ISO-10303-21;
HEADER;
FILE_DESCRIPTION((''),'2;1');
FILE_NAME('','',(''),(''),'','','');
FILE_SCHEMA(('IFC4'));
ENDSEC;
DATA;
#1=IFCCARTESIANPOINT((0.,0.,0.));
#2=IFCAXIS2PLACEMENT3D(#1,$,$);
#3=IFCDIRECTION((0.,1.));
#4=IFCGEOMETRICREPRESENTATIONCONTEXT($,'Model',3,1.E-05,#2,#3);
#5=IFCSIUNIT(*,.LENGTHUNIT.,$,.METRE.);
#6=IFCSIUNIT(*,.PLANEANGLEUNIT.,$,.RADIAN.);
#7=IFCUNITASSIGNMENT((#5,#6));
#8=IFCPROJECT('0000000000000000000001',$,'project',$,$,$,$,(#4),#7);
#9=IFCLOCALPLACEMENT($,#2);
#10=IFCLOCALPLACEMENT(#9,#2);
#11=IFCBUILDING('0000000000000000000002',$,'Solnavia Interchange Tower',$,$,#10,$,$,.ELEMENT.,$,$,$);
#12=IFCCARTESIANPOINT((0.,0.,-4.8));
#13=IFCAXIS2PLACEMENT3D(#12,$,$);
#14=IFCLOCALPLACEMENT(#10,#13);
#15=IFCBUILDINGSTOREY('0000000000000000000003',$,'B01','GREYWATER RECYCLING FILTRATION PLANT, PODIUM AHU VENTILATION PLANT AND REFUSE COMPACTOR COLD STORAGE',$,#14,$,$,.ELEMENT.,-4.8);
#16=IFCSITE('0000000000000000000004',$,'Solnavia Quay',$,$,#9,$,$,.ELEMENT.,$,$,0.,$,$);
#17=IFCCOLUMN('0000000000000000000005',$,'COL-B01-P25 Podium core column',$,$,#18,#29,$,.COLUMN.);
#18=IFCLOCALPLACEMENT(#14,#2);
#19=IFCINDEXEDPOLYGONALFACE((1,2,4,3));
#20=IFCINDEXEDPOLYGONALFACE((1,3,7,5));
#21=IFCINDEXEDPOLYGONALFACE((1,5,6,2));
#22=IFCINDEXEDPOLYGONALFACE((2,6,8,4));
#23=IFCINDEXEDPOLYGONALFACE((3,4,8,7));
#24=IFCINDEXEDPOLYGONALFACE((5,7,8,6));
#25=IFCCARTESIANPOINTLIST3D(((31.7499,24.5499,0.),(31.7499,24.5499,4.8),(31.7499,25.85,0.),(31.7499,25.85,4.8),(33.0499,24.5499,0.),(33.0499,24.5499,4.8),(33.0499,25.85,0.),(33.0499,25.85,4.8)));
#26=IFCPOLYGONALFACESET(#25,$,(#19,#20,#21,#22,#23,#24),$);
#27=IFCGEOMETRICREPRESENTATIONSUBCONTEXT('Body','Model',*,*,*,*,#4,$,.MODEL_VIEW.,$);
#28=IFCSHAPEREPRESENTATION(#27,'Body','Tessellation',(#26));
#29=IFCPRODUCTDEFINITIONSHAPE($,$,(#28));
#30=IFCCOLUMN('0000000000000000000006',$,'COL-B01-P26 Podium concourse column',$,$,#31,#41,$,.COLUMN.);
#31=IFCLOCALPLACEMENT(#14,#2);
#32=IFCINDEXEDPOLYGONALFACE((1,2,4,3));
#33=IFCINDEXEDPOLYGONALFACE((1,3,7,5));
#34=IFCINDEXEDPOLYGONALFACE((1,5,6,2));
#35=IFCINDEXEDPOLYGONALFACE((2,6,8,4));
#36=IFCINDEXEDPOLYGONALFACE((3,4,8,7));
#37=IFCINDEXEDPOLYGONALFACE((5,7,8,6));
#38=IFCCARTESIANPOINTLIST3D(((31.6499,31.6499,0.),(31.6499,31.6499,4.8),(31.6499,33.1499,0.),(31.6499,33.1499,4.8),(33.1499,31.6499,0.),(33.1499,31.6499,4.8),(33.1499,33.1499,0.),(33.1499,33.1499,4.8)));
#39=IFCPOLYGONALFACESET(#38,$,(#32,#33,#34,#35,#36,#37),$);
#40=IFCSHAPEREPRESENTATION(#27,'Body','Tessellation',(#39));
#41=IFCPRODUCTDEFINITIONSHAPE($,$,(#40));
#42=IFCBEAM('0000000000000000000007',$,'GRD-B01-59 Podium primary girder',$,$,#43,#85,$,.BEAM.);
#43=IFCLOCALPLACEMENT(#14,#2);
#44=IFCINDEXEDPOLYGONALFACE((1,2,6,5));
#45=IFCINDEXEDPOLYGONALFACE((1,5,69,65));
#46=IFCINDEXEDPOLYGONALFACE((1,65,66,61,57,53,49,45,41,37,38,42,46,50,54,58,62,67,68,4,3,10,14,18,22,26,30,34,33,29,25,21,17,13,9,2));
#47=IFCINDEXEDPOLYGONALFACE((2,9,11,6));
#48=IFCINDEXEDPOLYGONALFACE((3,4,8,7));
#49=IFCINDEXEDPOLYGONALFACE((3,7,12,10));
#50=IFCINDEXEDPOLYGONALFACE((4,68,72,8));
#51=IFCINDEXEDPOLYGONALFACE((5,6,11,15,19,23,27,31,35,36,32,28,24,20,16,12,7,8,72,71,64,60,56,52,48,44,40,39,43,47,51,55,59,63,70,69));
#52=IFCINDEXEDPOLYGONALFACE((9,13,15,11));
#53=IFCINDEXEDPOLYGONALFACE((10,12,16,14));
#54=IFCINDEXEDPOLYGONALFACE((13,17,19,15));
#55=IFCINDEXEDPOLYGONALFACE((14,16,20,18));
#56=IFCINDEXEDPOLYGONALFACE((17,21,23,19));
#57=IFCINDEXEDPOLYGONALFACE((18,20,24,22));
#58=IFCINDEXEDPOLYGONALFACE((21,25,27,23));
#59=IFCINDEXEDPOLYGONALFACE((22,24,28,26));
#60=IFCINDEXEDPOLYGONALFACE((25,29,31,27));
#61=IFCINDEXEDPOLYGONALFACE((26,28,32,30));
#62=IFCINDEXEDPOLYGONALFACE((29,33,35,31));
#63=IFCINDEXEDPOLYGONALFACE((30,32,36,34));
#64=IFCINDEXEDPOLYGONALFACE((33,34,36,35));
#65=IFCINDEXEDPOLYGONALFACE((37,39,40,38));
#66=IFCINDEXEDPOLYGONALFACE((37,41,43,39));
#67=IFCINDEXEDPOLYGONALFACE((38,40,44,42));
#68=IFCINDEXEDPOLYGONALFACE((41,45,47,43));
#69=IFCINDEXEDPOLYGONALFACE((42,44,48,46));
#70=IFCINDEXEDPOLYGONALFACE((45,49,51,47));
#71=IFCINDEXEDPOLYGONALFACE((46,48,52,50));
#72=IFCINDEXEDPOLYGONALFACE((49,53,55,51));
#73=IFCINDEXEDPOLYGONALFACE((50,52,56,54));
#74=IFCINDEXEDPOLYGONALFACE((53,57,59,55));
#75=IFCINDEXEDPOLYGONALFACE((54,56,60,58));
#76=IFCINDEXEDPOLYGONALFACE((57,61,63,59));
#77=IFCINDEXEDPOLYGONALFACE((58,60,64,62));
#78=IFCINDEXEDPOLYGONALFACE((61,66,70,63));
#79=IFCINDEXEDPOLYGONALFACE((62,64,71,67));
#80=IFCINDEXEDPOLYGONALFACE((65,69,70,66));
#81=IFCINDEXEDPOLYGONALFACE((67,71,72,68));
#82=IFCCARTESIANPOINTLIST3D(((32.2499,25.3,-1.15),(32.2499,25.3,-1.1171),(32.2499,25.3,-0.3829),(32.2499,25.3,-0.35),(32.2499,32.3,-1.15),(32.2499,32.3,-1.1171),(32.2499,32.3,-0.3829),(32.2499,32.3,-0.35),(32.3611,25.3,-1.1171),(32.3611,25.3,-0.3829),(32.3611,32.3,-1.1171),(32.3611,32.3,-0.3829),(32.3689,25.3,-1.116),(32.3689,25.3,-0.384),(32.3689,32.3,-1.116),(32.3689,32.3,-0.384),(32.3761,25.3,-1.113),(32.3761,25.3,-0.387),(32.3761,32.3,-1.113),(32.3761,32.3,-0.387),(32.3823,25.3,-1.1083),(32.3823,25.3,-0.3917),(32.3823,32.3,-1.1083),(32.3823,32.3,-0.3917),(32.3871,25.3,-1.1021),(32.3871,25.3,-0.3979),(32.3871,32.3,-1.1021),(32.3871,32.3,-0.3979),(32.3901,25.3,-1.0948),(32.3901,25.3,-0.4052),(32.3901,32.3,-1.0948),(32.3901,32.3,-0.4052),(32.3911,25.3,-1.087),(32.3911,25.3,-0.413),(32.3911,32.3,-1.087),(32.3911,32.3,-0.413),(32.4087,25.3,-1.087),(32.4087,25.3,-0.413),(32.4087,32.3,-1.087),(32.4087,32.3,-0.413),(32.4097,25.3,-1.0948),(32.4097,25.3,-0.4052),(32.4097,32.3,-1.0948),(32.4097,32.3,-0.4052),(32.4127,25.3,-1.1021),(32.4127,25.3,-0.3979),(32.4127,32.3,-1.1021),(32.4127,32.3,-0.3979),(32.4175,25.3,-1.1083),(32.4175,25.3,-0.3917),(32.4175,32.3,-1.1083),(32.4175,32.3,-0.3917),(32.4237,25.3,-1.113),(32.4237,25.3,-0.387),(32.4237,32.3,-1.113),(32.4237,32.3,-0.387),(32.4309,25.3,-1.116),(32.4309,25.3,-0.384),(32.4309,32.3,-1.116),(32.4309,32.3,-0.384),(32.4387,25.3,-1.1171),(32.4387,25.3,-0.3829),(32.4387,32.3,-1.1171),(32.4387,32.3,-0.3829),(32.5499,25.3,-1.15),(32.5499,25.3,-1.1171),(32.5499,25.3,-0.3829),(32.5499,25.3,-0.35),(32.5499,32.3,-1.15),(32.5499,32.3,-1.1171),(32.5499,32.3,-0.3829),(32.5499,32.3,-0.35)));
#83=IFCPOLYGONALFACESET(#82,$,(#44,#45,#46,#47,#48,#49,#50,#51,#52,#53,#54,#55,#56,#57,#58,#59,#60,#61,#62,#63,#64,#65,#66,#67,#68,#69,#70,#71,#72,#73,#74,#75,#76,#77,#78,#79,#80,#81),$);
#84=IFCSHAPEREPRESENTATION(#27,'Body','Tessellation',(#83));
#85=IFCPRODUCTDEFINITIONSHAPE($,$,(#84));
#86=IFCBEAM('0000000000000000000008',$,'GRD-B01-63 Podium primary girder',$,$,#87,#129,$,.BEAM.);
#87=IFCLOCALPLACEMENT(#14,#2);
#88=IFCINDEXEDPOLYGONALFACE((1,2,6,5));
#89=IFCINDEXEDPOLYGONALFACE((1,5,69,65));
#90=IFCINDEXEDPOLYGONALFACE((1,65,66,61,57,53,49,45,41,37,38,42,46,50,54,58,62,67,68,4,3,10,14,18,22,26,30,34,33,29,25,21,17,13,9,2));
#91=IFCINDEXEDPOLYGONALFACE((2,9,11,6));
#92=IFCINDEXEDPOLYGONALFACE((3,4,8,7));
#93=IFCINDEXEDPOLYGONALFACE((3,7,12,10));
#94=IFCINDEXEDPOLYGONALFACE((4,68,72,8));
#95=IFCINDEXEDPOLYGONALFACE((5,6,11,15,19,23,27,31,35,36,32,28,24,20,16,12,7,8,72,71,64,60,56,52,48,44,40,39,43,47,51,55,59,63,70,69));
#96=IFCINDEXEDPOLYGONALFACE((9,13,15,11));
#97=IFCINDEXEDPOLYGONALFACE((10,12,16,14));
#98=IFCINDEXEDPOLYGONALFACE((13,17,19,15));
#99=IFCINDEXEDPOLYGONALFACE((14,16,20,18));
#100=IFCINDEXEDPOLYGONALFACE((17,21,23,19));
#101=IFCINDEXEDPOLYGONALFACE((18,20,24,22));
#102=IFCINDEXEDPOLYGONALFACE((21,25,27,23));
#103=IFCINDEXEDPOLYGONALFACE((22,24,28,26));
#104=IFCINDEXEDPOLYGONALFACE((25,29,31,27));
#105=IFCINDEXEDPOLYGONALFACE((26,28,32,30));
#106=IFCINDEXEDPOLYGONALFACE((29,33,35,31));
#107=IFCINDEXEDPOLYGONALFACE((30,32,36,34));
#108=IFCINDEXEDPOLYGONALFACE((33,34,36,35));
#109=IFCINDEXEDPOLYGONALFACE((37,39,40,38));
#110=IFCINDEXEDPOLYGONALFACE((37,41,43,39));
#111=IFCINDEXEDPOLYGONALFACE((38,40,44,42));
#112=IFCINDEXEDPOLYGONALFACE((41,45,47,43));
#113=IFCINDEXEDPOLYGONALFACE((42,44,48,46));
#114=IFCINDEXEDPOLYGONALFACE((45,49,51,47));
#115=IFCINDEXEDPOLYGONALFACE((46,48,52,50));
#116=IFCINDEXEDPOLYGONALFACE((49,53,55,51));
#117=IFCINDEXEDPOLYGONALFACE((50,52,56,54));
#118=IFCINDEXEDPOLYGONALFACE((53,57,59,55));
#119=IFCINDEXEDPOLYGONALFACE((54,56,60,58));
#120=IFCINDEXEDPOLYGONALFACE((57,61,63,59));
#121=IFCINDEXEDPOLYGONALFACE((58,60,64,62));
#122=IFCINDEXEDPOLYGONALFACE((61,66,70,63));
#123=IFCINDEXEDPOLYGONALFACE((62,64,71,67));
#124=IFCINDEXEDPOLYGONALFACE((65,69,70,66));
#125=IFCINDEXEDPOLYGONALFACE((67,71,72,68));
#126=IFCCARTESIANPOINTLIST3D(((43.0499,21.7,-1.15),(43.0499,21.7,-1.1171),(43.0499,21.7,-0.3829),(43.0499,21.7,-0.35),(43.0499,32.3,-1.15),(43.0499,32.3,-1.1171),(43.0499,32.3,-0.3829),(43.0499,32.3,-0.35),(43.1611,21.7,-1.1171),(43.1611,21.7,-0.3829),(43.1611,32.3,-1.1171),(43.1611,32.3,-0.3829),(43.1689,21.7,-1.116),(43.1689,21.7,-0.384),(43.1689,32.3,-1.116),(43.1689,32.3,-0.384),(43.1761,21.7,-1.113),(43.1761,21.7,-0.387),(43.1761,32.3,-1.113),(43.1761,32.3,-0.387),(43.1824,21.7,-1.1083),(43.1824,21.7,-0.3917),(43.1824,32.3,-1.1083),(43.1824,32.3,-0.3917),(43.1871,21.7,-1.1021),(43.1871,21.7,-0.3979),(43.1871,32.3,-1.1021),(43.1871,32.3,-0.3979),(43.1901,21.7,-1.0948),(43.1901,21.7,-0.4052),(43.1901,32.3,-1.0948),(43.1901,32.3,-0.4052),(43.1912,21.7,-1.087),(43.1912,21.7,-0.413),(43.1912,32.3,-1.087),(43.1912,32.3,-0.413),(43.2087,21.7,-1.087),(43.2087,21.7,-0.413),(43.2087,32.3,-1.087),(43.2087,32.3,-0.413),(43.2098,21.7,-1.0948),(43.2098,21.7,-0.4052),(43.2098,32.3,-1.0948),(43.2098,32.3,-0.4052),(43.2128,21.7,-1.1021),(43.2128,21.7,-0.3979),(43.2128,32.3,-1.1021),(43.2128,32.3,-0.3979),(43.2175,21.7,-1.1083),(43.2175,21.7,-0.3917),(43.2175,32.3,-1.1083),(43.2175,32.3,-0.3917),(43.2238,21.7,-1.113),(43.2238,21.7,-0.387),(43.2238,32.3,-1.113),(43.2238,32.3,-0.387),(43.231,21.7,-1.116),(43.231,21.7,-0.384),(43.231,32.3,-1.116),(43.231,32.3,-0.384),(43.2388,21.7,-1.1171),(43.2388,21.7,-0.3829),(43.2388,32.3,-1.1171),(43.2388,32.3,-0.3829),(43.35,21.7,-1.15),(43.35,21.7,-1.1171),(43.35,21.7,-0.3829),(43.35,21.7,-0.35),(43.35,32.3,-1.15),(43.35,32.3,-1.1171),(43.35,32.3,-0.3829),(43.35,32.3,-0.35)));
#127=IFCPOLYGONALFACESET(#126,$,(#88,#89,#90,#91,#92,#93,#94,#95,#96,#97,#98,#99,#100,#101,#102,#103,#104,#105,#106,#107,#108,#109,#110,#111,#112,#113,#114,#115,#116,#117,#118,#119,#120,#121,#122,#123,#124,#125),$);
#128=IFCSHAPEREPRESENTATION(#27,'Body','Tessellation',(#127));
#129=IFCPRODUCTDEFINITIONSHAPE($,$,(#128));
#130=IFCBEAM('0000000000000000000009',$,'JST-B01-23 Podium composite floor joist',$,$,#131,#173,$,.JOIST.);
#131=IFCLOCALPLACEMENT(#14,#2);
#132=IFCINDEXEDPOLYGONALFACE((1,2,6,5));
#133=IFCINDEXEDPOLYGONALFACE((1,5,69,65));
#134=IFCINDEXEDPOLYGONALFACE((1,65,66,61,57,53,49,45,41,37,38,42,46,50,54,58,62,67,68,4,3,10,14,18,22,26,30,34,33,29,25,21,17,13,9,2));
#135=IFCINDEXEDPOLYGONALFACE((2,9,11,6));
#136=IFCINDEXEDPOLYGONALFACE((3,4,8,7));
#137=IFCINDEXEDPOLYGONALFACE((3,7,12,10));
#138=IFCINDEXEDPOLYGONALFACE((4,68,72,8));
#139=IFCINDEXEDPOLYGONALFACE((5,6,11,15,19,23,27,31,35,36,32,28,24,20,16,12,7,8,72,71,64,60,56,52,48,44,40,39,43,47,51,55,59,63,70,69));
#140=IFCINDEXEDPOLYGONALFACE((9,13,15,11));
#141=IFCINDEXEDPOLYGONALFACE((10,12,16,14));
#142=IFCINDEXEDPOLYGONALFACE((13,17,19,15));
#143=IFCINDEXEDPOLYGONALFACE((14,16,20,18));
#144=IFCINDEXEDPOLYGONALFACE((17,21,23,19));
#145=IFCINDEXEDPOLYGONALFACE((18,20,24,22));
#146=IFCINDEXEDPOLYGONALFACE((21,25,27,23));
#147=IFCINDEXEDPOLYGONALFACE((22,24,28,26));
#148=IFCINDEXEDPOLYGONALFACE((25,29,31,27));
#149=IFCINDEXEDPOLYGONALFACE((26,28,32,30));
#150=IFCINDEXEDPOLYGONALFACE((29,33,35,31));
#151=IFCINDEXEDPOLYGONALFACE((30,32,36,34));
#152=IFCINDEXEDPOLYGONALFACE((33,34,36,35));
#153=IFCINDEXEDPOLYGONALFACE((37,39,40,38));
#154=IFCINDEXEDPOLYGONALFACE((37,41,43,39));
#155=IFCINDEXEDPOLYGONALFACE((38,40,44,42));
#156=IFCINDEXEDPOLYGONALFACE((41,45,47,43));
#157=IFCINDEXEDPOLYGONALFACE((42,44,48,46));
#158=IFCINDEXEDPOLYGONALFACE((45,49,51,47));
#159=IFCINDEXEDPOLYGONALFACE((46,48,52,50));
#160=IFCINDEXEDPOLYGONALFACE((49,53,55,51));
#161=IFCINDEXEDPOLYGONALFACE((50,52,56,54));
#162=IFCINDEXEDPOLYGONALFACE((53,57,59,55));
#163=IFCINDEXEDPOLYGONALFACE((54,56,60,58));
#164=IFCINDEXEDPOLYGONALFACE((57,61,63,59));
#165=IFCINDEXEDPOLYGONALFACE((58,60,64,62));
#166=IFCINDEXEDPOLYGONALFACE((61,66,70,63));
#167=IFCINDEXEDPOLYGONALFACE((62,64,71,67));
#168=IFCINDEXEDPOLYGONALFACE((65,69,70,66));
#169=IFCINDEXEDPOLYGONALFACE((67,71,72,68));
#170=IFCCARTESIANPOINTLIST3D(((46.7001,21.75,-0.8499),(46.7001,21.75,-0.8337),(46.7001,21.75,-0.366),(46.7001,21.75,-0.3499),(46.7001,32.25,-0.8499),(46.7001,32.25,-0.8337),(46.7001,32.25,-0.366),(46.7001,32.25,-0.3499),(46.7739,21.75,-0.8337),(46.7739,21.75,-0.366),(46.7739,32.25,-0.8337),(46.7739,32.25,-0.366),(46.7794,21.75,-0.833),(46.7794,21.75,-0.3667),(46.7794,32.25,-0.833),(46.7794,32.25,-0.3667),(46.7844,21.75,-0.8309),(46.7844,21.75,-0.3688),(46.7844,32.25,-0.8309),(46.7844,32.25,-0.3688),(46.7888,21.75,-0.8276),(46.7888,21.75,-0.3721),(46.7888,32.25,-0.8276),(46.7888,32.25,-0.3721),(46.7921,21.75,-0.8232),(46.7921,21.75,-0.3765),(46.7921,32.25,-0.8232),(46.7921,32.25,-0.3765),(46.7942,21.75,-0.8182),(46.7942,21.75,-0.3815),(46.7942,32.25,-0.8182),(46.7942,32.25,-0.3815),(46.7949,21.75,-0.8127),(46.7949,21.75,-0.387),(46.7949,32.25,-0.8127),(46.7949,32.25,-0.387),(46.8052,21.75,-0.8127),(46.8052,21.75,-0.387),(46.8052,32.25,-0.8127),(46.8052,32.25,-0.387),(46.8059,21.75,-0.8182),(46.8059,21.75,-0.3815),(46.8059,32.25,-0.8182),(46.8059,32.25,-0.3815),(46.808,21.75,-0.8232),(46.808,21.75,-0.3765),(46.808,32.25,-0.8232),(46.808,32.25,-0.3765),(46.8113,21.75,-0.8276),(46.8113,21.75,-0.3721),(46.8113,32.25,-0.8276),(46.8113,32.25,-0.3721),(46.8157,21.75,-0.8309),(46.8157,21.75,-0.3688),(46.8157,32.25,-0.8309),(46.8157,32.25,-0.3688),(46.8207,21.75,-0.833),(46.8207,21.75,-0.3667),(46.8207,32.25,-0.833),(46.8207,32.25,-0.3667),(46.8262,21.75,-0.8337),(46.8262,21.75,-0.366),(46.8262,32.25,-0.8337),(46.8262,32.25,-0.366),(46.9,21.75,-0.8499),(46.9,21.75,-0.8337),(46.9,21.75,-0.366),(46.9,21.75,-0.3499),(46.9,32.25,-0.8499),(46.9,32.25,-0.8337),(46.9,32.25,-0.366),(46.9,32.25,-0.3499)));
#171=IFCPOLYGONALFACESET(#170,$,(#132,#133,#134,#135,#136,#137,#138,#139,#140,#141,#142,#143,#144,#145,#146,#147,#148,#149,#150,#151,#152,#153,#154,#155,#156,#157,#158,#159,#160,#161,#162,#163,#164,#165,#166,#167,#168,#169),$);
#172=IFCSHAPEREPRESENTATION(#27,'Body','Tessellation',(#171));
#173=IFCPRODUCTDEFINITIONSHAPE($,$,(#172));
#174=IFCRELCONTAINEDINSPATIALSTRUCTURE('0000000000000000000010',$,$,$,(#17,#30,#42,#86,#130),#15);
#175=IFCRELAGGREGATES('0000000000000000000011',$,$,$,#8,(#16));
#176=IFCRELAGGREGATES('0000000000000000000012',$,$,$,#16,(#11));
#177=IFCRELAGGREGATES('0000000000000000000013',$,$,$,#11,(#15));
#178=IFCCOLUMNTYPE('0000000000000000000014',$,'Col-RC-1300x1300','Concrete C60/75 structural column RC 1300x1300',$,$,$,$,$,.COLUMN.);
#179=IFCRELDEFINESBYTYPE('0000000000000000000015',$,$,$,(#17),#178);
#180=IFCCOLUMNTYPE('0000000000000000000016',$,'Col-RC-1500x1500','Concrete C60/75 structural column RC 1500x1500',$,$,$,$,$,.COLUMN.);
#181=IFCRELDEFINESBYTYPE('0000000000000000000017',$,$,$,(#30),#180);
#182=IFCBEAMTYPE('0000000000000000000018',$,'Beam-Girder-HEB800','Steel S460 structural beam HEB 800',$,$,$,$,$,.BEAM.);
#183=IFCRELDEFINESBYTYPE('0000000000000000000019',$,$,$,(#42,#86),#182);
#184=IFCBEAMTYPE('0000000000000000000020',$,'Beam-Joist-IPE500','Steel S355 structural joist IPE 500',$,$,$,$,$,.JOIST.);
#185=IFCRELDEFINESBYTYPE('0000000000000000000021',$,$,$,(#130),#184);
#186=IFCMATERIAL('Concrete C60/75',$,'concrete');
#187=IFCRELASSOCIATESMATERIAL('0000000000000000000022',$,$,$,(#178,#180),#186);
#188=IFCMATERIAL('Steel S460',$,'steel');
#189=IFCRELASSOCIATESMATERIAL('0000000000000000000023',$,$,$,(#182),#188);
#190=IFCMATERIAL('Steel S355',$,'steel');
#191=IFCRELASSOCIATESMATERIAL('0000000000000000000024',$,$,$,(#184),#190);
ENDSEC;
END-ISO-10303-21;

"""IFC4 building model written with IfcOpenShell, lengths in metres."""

from ifc_helpers import new_model, si_unit, direction, frame, origin, origin_2d, place, context, subcontext, project, spatial, rectangle, i_section, extrude, material, material_profile, profile_set, type_object, element, save


model = new_model("IFC4")

# Units and contexts
model_context = context("Model", 3, precision=1e-05, world=origin(), true_north=direction((0.0, 1.0)))
body_context = subcontext(model_context, "Body", "Model", "MODEL_VIEW")
ifc_project = project(units=[si_unit("LENGTHUNIT", "METRE"), si_unit("PLANEANGLEUNIT", "RADIAN")], contexts=[model_context])

# Site, building, storey
site_placement = place(None, origin())
site = spatial("IfcSite", under=ifc_project, at=site_placement, Name="Solnavia Quay", CompositionType="ELEMENT", RefElevation=0.0)
building_placement = place(site_placement, origin())
building = spatial("IfcBuilding", under=site, at=building_placement, Name="Solnavia Interchange Tower", CompositionType="ELEMENT")
storey_placement = place(building_placement, frame((0.0, 0.0, -4.8)))
storey = spatial("IfcBuildingStorey", under=building, at=storey_placement, Name="B01", Description="GREYWATER RECYCLING FILTRATION PLANT, PODIUM AHU VENTILATION PLANT AND REFUSE COMPACTOR COLD STORAGE", CompositionType="ELEMENT", Elevation=-4.8)

# Columns
ifc_material_1 = material(Name="Concrete C60/75", Category="concrete")
ifc_material_profile_1 = material_profile(ifc_material_1, rectangle(XDim=1.3, YDim=1.3, at=origin_2d()), Name="RC 1300x1300")
ifc_profile_set_1 = profile_set([ifc_material_profile_1], Name="Concrete C60/75")
column_type_1 = type_object("IfcColumnType", Name="Col-RC-1300x1300", Description="Concrete C60/75 structural column RC 1300x1300", PredefinedType="COLUMN", material=ifc_profile_set_1)
column_1_placement = place(storey_placement, frame((32.3999, 25.2, 0.0), z_axis=(0.0, 0.0, 1.0), x_axis=(1.0, 0.0, 0.0)))
element("IfcColumn", 1, at=column_1_placement, inside=storey, type_object=column_type_1, Name="COL-B01-P25 Podium core column", PredefinedType="COLUMN", context=body_context, shape_type="SweptSolid", body=[
    extrude(rectangle(XDim=1.3, YDim=1.3, at=origin_2d()), origin(), (0.0, 0.0, 1.0), 4.8),
])
ifc_material_profile_2 = material_profile(ifc_material_1, rectangle(XDim=1.5, YDim=1.5, at=origin_2d()), Name="RC 1500x1500")
ifc_profile_set_2 = profile_set([ifc_material_profile_2], Name="Concrete C60/75")
column_type_2 = type_object("IfcColumnType", Name="Col-RC-1500x1500", Description="Concrete C60/75 structural column RC 1500x1500", PredefinedType="COLUMN", material=ifc_profile_set_2)
column_2_placement = place(storey_placement, frame((32.3999, 32.3999, 0.0), z_axis=(0.0, 0.0, 1.0), x_axis=(1.0, 0.0, 0.0)))
element("IfcColumn", 2, at=column_2_placement, inside=storey, type_object=column_type_2, Name="COL-B01-P26 Podium concourse column", PredefinedType="COLUMN", context=body_context, shape_type="SweptSolid", body=[
    extrude(rectangle(XDim=1.5, YDim=1.5, at=origin_2d()), origin(), (0.0, 0.0, 1.0), 4.8),
])

# Beams
ifc_material_2 = material(Name="Steel S460", Category="steel")
ifc_material_profile_3 = material_profile(ifc_material_2, i_section(OverallWidth=0.3, OverallDepth=0.8, WebThickness=0.0176, FlangeThickness=0.033, FilletRadius=0.03, at=origin_2d()), Name="HEB 800")
ifc_profile_set_3 = profile_set([ifc_material_profile_3], Name="Steel S460")
beam_type_1 = type_object("IfcBeamType", Name="Beam-Girder-HEB800", Description="Steel S460 structural beam HEB 800", PredefinedType="BEAM", material=ifc_profile_set_3)
beam_1_placement = place(storey_placement, frame((32.3999, 25.3, -0.75), z_axis=(0.0, 1.0, 0.0), x_axis=(-1.0, 0.0, 0.0)))
element("IfcBeam", 3, at=beam_1_placement, inside=storey, type_object=beam_type_1, Name="GRD-B01-59 Podium primary girder", PredefinedType="BEAM", context=body_context, shape_type="SweptSolid", body=[
    extrude(i_section(OverallWidth=0.3, OverallDepth=0.8, WebThickness=0.0176, FlangeThickness=0.033, FilletRadius=0.03, at=origin_2d()), origin(), (0.0, 0.0, 1.0), 7.0),
])
beam_2_placement = place(storey_placement, frame((43.2, 21.7, -0.75), z_axis=(0.0, 1.0, 0.0), x_axis=(-1.0, 0.0, 0.0)))
element("IfcBeam", 4, at=beam_2_placement, inside=storey, type_object=beam_type_1, Name="GRD-B01-63 Podium primary girder", PredefinedType="BEAM", context=body_context, shape_type="SweptSolid", body=[
    extrude(i_section(OverallWidth=0.3, OverallDepth=0.8, WebThickness=0.0176, FlangeThickness=0.033, FilletRadius=0.03, at=origin_2d()), origin(), (0.0, 0.0, 1.0), 10.6001),
])
ifc_material_3 = material(Name="Steel S355", Category="steel")
ifc_material_profile_4 = material_profile(ifc_material_3, i_section(OverallWidth=0.2, OverallDepth=0.5, WebThickness=0.0103, FlangeThickness=0.0161, FilletRadius=0.021, at=origin_2d()), Name="IPE 500")
ifc_profile_set_4 = profile_set([ifc_material_profile_4], Name="Steel S355")
beam_type_2 = type_object("IfcBeamType", Name="Beam-Joist-IPE500", Description="Steel S355 structural joist IPE 500", PredefinedType="JOIST", material=ifc_profile_set_4)
for number, where, z_axis, x_axis, name in (
    (5, (46.8, 21.75, -0.5999), (0.0, 1.0, 0.0), (-1.0, 0.0, 0.0), "JST-B01-23 Podium composite floor joist"),
):
    element("IfcBeam", number, at=place(storey_placement, frame(where, z_axis=z_axis, x_axis=x_axis)), inside=storey, type_object=beam_type_2, Name=name, PredefinedType="JOIST", context=body_context, shape_type="SweptSolid", body=[
        extrude(i_section(OverallWidth=0.2, OverallDepth=0.5, WebThickness=0.0103, FlangeThickness=0.0161, FilletRadius=0.021, at=origin_2d()), origin(), (0.0, 0.0, 1.0), 10.5),
    ])

save(model, "model.ifc")
